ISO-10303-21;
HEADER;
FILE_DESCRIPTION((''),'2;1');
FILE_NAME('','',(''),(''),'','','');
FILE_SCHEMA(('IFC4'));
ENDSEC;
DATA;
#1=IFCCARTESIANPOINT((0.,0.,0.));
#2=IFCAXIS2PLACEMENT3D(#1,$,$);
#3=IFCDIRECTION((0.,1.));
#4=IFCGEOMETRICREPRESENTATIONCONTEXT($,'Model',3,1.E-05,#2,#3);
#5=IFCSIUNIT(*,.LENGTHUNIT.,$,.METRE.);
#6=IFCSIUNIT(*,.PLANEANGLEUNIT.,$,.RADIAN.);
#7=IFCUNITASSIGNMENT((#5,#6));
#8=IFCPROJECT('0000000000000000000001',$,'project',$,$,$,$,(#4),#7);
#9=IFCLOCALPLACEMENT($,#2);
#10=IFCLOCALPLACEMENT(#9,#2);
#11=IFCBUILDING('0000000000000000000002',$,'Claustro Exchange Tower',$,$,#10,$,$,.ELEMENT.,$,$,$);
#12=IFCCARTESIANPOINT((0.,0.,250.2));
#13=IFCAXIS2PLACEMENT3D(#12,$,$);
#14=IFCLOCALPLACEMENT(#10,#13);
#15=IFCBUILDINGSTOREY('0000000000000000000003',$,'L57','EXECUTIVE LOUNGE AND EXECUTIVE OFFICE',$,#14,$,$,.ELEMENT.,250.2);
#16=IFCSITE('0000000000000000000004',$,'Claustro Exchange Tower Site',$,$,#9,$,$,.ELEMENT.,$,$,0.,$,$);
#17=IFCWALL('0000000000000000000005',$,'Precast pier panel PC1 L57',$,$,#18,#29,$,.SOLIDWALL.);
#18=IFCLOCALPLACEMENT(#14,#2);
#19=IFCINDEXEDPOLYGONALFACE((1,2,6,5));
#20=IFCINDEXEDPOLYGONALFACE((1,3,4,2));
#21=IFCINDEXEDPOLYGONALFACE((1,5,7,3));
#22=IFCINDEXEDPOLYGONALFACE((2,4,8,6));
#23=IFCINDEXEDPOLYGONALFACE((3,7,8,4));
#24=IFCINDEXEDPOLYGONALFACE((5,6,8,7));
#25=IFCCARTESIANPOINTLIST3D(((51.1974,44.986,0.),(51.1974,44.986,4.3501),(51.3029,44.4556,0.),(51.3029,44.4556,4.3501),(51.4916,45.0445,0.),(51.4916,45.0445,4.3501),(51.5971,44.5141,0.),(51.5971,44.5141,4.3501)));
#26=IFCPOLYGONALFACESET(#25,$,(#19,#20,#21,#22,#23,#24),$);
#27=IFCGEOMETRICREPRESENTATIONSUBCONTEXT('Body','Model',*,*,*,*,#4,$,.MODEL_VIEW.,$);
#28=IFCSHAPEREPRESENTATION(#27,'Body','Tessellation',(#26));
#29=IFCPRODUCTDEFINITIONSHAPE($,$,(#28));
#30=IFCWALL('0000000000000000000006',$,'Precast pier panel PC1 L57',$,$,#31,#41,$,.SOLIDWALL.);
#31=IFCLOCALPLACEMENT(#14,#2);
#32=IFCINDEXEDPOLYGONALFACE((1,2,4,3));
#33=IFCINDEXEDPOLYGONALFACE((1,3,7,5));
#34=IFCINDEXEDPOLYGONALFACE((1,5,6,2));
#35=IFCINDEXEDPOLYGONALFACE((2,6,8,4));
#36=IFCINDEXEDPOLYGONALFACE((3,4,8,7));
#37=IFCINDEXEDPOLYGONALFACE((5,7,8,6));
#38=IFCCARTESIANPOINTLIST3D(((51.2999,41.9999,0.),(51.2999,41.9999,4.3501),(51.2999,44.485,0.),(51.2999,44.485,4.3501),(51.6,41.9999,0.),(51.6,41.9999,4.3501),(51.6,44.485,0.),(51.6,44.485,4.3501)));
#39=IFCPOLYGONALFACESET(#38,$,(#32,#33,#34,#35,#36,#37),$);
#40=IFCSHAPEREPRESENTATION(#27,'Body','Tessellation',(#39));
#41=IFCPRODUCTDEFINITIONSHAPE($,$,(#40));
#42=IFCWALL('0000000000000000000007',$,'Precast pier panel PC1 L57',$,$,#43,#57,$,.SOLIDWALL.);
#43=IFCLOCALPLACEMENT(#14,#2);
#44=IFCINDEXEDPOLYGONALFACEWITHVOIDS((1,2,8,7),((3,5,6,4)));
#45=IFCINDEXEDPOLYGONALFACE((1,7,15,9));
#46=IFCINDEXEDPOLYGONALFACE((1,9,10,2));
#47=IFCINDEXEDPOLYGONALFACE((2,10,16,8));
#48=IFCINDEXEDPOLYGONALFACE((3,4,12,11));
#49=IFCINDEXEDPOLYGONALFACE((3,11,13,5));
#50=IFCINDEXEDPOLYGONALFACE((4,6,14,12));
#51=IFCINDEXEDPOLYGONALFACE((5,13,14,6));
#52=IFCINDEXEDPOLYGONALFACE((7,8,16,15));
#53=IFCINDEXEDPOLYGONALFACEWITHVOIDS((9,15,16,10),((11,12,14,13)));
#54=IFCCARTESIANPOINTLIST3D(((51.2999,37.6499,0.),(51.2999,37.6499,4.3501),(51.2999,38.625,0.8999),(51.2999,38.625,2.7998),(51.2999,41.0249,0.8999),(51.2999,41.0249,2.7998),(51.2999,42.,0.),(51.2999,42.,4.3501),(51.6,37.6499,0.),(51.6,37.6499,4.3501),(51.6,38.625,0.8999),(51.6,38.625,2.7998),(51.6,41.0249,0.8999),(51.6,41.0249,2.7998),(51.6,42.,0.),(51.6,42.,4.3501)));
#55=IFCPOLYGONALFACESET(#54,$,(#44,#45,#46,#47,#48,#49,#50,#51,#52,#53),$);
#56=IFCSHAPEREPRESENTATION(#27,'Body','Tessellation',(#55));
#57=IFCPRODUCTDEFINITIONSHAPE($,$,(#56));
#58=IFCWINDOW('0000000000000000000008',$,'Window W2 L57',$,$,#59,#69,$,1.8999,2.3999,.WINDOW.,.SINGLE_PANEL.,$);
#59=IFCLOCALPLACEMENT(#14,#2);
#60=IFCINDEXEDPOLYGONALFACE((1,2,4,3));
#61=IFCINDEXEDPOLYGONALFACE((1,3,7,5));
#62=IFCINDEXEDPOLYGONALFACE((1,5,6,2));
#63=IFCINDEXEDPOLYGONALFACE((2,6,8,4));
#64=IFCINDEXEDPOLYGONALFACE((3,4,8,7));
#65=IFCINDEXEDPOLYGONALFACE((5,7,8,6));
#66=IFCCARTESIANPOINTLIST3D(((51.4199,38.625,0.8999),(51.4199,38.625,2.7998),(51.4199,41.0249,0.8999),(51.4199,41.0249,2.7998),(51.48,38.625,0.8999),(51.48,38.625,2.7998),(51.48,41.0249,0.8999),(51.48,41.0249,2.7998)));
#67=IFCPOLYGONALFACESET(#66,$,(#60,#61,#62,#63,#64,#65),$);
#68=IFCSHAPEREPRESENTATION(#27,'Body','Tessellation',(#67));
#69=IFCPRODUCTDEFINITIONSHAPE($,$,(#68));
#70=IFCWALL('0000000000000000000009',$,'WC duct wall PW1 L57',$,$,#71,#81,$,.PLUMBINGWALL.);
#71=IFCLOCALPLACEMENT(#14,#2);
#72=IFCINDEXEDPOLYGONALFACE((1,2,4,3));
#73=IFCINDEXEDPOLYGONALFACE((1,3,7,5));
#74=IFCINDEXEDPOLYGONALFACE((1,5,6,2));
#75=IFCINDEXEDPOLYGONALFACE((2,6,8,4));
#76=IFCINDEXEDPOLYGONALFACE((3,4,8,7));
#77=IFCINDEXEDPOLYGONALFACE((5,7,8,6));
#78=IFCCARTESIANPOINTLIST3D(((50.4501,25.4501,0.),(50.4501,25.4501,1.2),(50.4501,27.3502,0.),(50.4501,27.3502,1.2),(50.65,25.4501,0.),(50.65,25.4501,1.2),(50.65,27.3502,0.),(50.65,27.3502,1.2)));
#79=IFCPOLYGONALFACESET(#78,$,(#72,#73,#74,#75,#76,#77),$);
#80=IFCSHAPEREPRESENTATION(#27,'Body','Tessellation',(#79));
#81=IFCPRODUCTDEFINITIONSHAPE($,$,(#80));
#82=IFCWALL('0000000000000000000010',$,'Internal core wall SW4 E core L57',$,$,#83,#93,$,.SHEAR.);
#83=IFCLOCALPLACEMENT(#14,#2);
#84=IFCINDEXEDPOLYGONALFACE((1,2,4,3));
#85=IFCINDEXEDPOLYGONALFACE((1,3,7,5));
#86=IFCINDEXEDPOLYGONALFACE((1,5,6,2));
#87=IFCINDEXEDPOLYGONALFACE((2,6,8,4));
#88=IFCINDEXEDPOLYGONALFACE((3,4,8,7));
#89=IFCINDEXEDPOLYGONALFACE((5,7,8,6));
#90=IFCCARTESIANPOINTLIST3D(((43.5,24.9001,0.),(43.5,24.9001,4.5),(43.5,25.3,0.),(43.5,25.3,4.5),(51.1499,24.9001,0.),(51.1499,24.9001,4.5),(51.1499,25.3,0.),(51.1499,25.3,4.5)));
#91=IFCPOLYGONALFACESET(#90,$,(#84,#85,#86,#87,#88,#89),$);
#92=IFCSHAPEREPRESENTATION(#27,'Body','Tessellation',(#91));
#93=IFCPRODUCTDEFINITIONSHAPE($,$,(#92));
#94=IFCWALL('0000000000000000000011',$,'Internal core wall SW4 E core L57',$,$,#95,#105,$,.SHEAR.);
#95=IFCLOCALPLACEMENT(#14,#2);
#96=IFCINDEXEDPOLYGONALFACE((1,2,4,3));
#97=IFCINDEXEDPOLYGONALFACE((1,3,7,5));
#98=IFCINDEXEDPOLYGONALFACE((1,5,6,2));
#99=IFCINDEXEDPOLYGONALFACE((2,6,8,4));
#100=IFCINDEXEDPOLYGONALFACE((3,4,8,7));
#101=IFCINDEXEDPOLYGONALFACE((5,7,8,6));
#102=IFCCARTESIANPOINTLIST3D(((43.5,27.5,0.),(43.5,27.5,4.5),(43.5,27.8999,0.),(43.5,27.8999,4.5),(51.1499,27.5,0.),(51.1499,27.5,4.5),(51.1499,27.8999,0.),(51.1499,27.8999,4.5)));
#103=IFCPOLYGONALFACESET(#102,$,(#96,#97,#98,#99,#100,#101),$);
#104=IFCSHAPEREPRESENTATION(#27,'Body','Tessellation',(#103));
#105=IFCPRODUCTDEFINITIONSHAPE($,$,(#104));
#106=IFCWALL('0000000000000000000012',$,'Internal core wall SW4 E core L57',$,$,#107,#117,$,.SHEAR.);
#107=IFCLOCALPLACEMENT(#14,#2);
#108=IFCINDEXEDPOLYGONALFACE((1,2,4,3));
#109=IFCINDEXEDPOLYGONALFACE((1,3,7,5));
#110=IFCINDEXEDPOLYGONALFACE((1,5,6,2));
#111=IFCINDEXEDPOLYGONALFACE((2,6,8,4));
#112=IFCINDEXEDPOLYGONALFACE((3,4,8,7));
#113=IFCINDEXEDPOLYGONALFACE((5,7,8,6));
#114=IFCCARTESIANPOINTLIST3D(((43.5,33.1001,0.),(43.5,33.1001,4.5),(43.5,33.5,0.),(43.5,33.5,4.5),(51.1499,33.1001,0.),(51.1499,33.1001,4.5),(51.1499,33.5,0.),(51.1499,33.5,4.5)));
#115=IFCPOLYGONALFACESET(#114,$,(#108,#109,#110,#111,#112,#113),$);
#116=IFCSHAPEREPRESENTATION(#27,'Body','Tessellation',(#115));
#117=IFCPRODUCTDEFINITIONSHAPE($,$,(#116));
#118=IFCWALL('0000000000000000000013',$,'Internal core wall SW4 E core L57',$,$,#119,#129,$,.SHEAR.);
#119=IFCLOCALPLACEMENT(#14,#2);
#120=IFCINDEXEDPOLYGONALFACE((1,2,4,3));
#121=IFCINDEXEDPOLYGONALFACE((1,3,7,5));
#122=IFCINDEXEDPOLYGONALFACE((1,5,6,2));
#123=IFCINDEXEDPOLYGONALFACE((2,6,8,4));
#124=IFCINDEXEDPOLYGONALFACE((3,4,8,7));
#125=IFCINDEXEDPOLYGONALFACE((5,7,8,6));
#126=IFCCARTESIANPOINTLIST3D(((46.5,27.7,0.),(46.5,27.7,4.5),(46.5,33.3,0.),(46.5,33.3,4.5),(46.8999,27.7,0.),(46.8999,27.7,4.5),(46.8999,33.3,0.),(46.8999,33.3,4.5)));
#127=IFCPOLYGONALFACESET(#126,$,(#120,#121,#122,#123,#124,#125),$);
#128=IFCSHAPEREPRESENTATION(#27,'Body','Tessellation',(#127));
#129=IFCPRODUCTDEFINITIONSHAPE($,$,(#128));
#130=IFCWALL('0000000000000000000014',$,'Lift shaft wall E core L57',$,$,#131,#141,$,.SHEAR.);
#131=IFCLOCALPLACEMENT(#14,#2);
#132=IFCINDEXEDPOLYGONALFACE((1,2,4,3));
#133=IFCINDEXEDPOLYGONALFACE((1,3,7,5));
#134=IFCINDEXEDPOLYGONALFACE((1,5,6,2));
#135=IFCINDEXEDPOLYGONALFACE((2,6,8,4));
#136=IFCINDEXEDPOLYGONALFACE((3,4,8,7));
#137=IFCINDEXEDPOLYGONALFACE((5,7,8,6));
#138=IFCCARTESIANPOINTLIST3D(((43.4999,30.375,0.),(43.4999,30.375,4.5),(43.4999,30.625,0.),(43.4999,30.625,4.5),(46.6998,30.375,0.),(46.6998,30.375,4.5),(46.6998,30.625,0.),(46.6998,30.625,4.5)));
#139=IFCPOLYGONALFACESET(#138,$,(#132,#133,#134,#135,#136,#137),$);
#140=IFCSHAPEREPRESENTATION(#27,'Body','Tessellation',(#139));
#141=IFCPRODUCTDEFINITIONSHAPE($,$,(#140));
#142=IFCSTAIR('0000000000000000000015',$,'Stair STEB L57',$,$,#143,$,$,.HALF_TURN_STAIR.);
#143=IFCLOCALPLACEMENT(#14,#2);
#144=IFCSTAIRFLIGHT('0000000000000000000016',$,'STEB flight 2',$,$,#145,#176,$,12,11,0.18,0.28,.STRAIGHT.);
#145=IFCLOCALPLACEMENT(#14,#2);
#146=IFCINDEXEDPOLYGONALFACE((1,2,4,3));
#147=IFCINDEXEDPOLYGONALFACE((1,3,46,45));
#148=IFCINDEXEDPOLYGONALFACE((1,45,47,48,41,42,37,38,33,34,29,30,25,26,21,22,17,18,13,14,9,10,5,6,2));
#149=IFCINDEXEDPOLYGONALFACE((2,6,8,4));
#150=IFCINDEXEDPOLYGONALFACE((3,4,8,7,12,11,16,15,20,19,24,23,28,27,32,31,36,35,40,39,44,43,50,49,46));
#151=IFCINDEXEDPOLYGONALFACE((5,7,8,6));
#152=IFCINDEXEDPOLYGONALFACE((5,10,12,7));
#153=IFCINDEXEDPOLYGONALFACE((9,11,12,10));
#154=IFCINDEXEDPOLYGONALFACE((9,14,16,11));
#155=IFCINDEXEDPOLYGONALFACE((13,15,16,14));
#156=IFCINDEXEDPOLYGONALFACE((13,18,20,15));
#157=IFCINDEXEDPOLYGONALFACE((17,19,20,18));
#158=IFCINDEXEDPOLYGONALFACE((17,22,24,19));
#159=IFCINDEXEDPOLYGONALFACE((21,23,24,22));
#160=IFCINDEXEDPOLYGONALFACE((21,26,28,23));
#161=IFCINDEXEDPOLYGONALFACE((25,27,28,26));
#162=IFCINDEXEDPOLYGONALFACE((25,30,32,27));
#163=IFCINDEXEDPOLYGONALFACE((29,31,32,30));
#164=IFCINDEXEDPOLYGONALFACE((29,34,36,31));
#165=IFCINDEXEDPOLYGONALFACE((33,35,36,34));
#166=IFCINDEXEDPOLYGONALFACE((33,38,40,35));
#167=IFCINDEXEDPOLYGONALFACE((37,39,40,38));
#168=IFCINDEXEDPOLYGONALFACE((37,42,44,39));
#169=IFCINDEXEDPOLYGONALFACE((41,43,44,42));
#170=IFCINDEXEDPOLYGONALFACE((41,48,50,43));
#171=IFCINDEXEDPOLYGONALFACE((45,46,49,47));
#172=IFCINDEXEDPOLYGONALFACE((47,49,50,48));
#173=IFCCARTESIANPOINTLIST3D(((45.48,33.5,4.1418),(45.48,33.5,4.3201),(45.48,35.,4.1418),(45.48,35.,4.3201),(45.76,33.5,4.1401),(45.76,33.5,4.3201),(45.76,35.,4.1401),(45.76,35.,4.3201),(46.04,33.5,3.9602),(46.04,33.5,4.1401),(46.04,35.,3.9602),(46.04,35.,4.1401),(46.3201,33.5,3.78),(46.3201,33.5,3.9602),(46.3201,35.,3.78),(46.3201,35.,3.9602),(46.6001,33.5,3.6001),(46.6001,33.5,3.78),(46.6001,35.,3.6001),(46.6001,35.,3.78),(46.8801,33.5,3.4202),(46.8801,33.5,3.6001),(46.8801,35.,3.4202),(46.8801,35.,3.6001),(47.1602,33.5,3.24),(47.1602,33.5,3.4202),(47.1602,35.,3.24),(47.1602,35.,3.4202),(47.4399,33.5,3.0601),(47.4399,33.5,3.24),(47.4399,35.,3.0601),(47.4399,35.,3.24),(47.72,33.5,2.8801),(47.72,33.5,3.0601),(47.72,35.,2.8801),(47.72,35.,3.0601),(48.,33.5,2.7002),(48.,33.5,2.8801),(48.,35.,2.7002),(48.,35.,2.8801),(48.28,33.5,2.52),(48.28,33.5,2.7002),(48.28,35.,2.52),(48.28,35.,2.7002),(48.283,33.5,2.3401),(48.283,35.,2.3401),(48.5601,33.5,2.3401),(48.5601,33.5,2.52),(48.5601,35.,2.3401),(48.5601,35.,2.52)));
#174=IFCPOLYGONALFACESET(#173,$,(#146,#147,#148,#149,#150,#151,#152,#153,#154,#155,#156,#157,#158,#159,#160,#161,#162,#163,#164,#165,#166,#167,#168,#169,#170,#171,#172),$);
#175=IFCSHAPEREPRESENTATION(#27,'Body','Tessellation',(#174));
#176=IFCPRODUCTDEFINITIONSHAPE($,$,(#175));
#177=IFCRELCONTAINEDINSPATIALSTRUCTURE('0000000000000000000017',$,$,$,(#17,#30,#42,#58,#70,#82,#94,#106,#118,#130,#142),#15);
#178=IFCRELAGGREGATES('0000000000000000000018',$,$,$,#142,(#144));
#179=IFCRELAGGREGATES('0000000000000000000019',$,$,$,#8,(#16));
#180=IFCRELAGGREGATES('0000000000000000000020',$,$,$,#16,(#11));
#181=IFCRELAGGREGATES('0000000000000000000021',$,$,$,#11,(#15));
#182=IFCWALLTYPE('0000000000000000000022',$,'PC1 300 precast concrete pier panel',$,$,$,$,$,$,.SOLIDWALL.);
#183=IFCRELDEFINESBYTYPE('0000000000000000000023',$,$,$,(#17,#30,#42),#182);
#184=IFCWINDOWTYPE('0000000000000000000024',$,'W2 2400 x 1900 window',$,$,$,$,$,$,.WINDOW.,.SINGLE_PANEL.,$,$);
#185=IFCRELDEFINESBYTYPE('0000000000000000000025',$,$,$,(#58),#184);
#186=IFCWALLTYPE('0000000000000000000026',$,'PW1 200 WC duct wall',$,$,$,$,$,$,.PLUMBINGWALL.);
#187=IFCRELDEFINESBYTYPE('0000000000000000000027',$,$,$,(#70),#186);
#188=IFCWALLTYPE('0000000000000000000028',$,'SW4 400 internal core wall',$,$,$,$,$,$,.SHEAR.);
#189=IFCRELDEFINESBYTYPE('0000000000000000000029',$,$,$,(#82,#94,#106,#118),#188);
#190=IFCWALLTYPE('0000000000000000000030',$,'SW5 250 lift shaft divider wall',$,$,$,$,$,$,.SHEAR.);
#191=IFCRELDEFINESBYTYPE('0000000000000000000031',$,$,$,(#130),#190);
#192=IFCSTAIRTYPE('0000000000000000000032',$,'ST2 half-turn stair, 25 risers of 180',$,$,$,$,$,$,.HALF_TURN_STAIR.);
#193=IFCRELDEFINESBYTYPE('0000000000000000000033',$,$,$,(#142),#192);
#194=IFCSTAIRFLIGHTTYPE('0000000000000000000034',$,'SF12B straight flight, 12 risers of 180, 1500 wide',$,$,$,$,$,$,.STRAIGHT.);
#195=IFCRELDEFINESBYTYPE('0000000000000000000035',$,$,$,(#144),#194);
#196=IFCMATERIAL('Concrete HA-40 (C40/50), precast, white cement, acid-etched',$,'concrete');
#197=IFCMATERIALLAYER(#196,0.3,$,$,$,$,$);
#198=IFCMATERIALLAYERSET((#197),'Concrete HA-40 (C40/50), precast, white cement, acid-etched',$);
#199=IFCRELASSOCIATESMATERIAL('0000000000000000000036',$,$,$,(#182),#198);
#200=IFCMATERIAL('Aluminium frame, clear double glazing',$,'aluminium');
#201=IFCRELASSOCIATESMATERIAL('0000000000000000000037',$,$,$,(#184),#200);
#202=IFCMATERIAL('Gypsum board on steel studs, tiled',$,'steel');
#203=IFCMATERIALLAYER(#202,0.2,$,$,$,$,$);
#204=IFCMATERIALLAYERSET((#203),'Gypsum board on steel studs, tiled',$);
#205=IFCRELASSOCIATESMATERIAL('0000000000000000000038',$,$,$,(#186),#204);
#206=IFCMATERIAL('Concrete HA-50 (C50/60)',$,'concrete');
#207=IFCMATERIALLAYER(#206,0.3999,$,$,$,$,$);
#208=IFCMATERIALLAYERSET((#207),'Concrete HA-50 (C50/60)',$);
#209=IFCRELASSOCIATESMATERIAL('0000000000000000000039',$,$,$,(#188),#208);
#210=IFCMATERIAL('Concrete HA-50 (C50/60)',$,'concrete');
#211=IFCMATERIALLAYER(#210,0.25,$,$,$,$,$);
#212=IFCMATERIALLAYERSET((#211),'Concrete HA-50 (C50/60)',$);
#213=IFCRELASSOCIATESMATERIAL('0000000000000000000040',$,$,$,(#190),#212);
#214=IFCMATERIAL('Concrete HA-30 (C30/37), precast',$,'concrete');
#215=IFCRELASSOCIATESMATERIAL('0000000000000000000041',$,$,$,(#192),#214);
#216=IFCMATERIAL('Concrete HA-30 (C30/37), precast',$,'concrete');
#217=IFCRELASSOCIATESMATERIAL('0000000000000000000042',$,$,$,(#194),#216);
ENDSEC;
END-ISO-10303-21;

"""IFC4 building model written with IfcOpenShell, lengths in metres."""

from ifc_helpers import new_model, si_unit, direction, frame, frame_2d, origin, place, context, subcontext, project, spatial, polyline, rectangle, outline, extrude, material, layer, layer_set, type_object, element, fill, aggregate, save


model = new_model("IFC4")

# Units and contexts
model_context = context("Model", 3, precision=1e-05, world=origin(), true_north=direction((0.0, 1.0)))
body_context = subcontext(model_context, "Body", "Model", "MODEL_VIEW")
ifc_project = project(units=[si_unit("LENGTHUNIT", "METRE"), si_unit("PLANEANGLEUNIT", "RADIAN")], contexts=[model_context])

# Site, building, storey
site_placement = place(None, origin())
site = spatial("IfcSite", under=ifc_project, at=site_placement, Name="Claustro Exchange Tower Site", CompositionType="ELEMENT", RefElevation=0.0)
building_placement = place(site_placement, origin())
building = spatial("IfcBuilding", under=site, at=building_placement, Name="Claustro Exchange Tower", CompositionType="ELEMENT")
storey_placement = place(building_placement, frame((0.0, 0.0, 250.2)))
storey = spatial("IfcBuildingStorey", under=building, at=storey_placement, Name="L57", Description="EXECUTIVE LOUNGE AND EXECUTIVE OFFICE", CompositionType="ELEMENT", Elevation=250.2)

# Shared definitions
ifc_material_1 = material(Name="Concrete HA-40 (C40/50), precast, white cement, acid-etched", Category="concrete")
ifc_layer_1 = layer(ifc_material_1, 0.3)
ifc_layer_set_1 = layer_set([ifc_layer_1], Name="Concrete HA-40 (C40/50), precast, white cement, acid-etched")
wall_type_1 = type_object("IfcWallType", Name="PC1 300 precast concrete pier panel", PredefinedType="SOLIDWALL", material=ifc_layer_set_1)

# Walls
wall_1_placement = place(storey_placement, frame((51.3445, 45.0154, 0.0), z_axis=(0.0, 0.0, 1.0), x_axis=(0.195074, -0.980789, 0.0)))
element("IfcWall", 1, at=wall_1_placement, inside=storey, type_object=wall_type_1, Name="Precast pier panel PC1 L57", PredefinedType="SOLIDWALL", context=body_context, shape_type="SweptSolid", body=[
    extrude(rectangle(XDim=0.5408, YDim=0.3, at=frame_2d((0.2705, 0.0))), origin(), (0.0, 0.0, 1.0), 4.3501),
])
wall_2_placement = place(storey_placement, frame((51.45, 44.4851, 0.0), z_axis=(0.0, 0.0, 1.0), x_axis=(0.0, -1.0, 0.0)))
element("IfcWall", 2, at=wall_2_placement, inside=storey, type_object=wall_type_1, Name="Precast pier panel PC1 L57", PredefinedType="SOLIDWALL", context=body_context, shape_type="SweptSolid", body=[
    extrude(rectangle(XDim=2.4851, YDim=0.3, at=frame_2d((1.2427, 0.0))), origin(), (0.0, 0.0, 1.0), 4.3501),
])

# Wall, opening, window
wall_3_placement = place(storey_placement, frame((51.45, 42.0, 0.0), z_axis=(0.0, 0.0, 1.0), x_axis=(0.0, -1.0, 0.0)))
wall_3 = element("IfcWall", 3, at=wall_3_placement, inside=storey, type_object=wall_type_1, Name="Precast pier panel PC1 L57", PredefinedType="SOLIDWALL", context=body_context, shape_type="SweptSolid", body=[
    extrude(rectangle(XDim=4.3501, YDim=0.3, at=frame_2d((2.175, 0.0))), origin(), (0.0, 0.0, 1.0), 4.3501),
])
opening_1_placement = place(wall_3_placement, frame((0.9751, 0.0, 0.8999)))
opening_1 = element("IfcOpeningElement", 4, at=opening_1_placement, cuts=wall_3, PredefinedType="OPENING", context=body_context, shape_type="SweptSolid", body=[
    extrude(rectangle(XDim=2.3999, YDim=1.8999, at=frame_2d((1.2, 0.95))), frame((0.0, 0.1599, 0.0), z_axis=(0.0, -1.0, 0.0), x_axis=(1.0, 0.0, 0.0)), (0.0, 0.0, 1.0), 0.3201),
])
ifc_material_2 = material(Name="Aluminium frame, clear double glazing", Category="aluminium")
window_type_1 = type_object("IfcWindowType", Name="W2 2400 x 1900 window", PartitioningType="SINGLE_PANEL", PredefinedType="WINDOW", material=ifc_material_2)
window_1_placement = place(opening_1_placement, origin())
window_1 = element("IfcWindow", 5, at=window_1_placement, inside=storey, type_object=window_type_1, Name="Window W2 L57", OverallHeight=1.8999, OverallWidth=2.3999, PartitioningType="SINGLE_PANEL", PredefinedType="WINDOW", context=body_context, shape_type="SweptSolid", body=[
    extrude(rectangle(XDim=2.3999, YDim=1.8999, at=frame_2d((1.2, 0.95))), frame((0.0, 0.03, 0.0), z_axis=(0.0, -1.0, 0.0), x_axis=(1.0, 0.0, 0.0)), (0.0, 0.0, 1.0), 0.0601),
])
fill(opening_1, window_1)

# Walls
ifc_material_3 = material(Name="Gypsum board on steel studs, tiled", Category="steel")
ifc_layer_2 = layer(ifc_material_3, 0.2)
ifc_layer_set_2 = layer_set([ifc_layer_2], Name="Gypsum board on steel studs, tiled")
wall_type_2 = type_object("IfcWallType", Name="PW1 200 WC duct wall", PredefinedType="PLUMBINGWALL", material=ifc_layer_set_2)
wall_4_placement = place(storey_placement, frame((50.55, 25.45, 0.0), z_axis=(0.0, 0.0, 1.0), x_axis=(0.0, 1.0, 0.0)))
element("IfcWall", 6, at=wall_4_placement, inside=storey, type_object=wall_type_2, Name="WC duct wall PW1 L57", PredefinedType="PLUMBINGWALL", context=body_context, shape_type="SweptSolid", body=[
    extrude(rectangle(XDim=1.9001, YDim=0.2, at=frame_2d((0.9502, 0.0))), origin(), (0.0, 0.0, 1.0), 1.2),
])
ifc_material_4 = material(Name="Concrete HA-50 (C50/60)", Category="concrete")
ifc_layer_3 = layer(ifc_material_4, 0.3999)
ifc_layer_set_3 = layer_set([ifc_layer_3], Name="Concrete HA-50 (C50/60)")
wall_type_3 = type_object("IfcWallType", Name="SW4 400 internal core wall", PredefinedType="SHEAR", material=ifc_layer_set_3)
for number, where, z_axis, x_axis, name in (
    (7, (51.1499, 25.1001, 0.0), (0.0, 0.0, 1.0), (-1.0, 0.0, 0.0), "Internal core wall SW4 E core L57"),
    (8, (51.1499, 27.7, 0.0), (0.0, 0.0, 1.0), (-1.0, 0.0, 0.0), "Internal core wall SW4 E core L57"),
    (9, (51.1499, 33.3, 0.0), (0.0, 0.0, 1.0), (-1.0, 0.0, 0.0), "Internal core wall SW4 E core L57"),
):
    element("IfcWall", number, at=place(storey_placement, frame(where, z_axis=z_axis, x_axis=x_axis)), inside=storey, type_object=wall_type_3, Name=name, PredefinedType="SHEAR", context=body_context, shape_type="SweptSolid", body=[
        extrude(rectangle(XDim=7.6499, YDim=0.3999, at=frame_2d((3.825, 0.0))), origin(), (0.0, 0.0, 1.0), 4.5),
    ])
wall_5_placement = place(storey_placement, frame((46.7, 27.7, 0.0), z_axis=(0.0, 0.0, 1.0), x_axis=(0.0, 1.0, 0.0)))
element("IfcWall", 10, at=wall_5_placement, inside=storey, type_object=wall_type_3, Name="Internal core wall SW4 E core L57", PredefinedType="SHEAR", context=body_context, shape_type="SweptSolid", body=[
    extrude(rectangle(XDim=5.6001, YDim=0.3999, at=frame_2d((2.8, 0.0))), origin(), (0.0, 0.0, 1.0), 4.5),
])
ifc_material_5 = material(Name="Concrete HA-50 (C50/60)", Category="concrete")
ifc_layer_4 = layer(ifc_material_5, 0.25)
ifc_layer_set_4 = layer_set([ifc_layer_4], Name="Concrete HA-50 (C50/60)")
wall_type_4 = type_object("IfcWallType", Name="SW5 250 lift shaft divider wall", PredefinedType="SHEAR", material=ifc_layer_set_4)
wall_6_placement = place(storey_placement, frame((46.7, 30.5, 0.0), z_axis=(0.0, 0.0, 1.0), x_axis=(-1.0, 0.0, 0.0)))
element("IfcWall", 11, at=wall_6_placement, inside=storey, type_object=wall_type_4, Name="Lift shaft wall E core L57", PredefinedType="SHEAR", context=body_context, shape_type="SweptSolid", body=[
    extrude(rectangle(XDim=3.2, YDim=0.25, at=frame_2d((1.6001, 0.0))), origin(), (0.0, 0.0, 1.0), 4.5),
])

# Stair, stair flight
ifc_material_6 = material(Name="Concrete HA-30 (C30/37), precast", Category="concrete")
stair_type = type_object("IfcStairType", Name="ST2 half-turn stair, 25 risers of 180", PredefinedType="HALF_TURN_STAIR", material=ifc_material_6)
stair_placement = place(storey_placement, origin())
stair = element("IfcStair", 12, at=stair_placement, inside=storey, type_object=stair_type, Name="Stair STEB L57", PredefinedType="HALF_TURN_STAIR")
ifc_material_7 = material(Name="Concrete HA-30 (C30/37), precast", Category="concrete")
stair_flight_type_1 = type_object("IfcStairFlightType", Name="SF12B straight flight, 12 risers of 180, 1500 wide", PredefinedType="STRAIGHT", material=ifc_material_7)
stair_flight_1_placement = place(storey_placement, frame((48.5601, 34.25, 2.3401), z_axis=(0.0, 0.0, 1.0), x_axis=(-1.0, 0.0, 0.0)))
stair_flight_1 = element("IfcStairFlight", 13, at=stair_flight_1_placement, type_object=stair_flight_type_1, Name="STEB flight 2", NumberOfRisers=12, NumberOfTreads=11, PredefinedType="STRAIGHT", RiserHeight=0.18, TreadLength=0.28, context=body_context, shape_type="SweptSolid", body=[
    extrude(outline(polyline([(0.0, 0.0), (0.0, 0.1799), (0.28, 0.1799), (0.28, 0.3601), (0.5601, 0.3601), (0.5601, 0.54), (0.8401, 0.54), (0.8401, 0.72), (1.1201, 0.72), (1.1201, 0.8999), (1.3999, 0.8999), (1.3999, 1.0801), (1.6799, 1.0801), (1.6799, 1.26), (1.96, 1.26), (1.96, 1.4399), (2.24, 1.4399), (2.24, 1.6201), (2.52, 1.6201), (2.52, 1.8), (2.8, 1.8), (2.8, 1.98), (3.0801, 1.98), (3.0801, 2.1599), (3.0801, 1.8018), (0.2771, 0.0), (0.0, 0.0)])), frame((0.0, 0.75, 0.0), z_axis=(0.0, -1.0, 0.0), x_axis=(1.0, 0.0, 0.0)), (0.0, 0.0, 1.0), 1.5),
])
aggregate(stair, [stair_flight_1])

save(model, "model.ifc")
